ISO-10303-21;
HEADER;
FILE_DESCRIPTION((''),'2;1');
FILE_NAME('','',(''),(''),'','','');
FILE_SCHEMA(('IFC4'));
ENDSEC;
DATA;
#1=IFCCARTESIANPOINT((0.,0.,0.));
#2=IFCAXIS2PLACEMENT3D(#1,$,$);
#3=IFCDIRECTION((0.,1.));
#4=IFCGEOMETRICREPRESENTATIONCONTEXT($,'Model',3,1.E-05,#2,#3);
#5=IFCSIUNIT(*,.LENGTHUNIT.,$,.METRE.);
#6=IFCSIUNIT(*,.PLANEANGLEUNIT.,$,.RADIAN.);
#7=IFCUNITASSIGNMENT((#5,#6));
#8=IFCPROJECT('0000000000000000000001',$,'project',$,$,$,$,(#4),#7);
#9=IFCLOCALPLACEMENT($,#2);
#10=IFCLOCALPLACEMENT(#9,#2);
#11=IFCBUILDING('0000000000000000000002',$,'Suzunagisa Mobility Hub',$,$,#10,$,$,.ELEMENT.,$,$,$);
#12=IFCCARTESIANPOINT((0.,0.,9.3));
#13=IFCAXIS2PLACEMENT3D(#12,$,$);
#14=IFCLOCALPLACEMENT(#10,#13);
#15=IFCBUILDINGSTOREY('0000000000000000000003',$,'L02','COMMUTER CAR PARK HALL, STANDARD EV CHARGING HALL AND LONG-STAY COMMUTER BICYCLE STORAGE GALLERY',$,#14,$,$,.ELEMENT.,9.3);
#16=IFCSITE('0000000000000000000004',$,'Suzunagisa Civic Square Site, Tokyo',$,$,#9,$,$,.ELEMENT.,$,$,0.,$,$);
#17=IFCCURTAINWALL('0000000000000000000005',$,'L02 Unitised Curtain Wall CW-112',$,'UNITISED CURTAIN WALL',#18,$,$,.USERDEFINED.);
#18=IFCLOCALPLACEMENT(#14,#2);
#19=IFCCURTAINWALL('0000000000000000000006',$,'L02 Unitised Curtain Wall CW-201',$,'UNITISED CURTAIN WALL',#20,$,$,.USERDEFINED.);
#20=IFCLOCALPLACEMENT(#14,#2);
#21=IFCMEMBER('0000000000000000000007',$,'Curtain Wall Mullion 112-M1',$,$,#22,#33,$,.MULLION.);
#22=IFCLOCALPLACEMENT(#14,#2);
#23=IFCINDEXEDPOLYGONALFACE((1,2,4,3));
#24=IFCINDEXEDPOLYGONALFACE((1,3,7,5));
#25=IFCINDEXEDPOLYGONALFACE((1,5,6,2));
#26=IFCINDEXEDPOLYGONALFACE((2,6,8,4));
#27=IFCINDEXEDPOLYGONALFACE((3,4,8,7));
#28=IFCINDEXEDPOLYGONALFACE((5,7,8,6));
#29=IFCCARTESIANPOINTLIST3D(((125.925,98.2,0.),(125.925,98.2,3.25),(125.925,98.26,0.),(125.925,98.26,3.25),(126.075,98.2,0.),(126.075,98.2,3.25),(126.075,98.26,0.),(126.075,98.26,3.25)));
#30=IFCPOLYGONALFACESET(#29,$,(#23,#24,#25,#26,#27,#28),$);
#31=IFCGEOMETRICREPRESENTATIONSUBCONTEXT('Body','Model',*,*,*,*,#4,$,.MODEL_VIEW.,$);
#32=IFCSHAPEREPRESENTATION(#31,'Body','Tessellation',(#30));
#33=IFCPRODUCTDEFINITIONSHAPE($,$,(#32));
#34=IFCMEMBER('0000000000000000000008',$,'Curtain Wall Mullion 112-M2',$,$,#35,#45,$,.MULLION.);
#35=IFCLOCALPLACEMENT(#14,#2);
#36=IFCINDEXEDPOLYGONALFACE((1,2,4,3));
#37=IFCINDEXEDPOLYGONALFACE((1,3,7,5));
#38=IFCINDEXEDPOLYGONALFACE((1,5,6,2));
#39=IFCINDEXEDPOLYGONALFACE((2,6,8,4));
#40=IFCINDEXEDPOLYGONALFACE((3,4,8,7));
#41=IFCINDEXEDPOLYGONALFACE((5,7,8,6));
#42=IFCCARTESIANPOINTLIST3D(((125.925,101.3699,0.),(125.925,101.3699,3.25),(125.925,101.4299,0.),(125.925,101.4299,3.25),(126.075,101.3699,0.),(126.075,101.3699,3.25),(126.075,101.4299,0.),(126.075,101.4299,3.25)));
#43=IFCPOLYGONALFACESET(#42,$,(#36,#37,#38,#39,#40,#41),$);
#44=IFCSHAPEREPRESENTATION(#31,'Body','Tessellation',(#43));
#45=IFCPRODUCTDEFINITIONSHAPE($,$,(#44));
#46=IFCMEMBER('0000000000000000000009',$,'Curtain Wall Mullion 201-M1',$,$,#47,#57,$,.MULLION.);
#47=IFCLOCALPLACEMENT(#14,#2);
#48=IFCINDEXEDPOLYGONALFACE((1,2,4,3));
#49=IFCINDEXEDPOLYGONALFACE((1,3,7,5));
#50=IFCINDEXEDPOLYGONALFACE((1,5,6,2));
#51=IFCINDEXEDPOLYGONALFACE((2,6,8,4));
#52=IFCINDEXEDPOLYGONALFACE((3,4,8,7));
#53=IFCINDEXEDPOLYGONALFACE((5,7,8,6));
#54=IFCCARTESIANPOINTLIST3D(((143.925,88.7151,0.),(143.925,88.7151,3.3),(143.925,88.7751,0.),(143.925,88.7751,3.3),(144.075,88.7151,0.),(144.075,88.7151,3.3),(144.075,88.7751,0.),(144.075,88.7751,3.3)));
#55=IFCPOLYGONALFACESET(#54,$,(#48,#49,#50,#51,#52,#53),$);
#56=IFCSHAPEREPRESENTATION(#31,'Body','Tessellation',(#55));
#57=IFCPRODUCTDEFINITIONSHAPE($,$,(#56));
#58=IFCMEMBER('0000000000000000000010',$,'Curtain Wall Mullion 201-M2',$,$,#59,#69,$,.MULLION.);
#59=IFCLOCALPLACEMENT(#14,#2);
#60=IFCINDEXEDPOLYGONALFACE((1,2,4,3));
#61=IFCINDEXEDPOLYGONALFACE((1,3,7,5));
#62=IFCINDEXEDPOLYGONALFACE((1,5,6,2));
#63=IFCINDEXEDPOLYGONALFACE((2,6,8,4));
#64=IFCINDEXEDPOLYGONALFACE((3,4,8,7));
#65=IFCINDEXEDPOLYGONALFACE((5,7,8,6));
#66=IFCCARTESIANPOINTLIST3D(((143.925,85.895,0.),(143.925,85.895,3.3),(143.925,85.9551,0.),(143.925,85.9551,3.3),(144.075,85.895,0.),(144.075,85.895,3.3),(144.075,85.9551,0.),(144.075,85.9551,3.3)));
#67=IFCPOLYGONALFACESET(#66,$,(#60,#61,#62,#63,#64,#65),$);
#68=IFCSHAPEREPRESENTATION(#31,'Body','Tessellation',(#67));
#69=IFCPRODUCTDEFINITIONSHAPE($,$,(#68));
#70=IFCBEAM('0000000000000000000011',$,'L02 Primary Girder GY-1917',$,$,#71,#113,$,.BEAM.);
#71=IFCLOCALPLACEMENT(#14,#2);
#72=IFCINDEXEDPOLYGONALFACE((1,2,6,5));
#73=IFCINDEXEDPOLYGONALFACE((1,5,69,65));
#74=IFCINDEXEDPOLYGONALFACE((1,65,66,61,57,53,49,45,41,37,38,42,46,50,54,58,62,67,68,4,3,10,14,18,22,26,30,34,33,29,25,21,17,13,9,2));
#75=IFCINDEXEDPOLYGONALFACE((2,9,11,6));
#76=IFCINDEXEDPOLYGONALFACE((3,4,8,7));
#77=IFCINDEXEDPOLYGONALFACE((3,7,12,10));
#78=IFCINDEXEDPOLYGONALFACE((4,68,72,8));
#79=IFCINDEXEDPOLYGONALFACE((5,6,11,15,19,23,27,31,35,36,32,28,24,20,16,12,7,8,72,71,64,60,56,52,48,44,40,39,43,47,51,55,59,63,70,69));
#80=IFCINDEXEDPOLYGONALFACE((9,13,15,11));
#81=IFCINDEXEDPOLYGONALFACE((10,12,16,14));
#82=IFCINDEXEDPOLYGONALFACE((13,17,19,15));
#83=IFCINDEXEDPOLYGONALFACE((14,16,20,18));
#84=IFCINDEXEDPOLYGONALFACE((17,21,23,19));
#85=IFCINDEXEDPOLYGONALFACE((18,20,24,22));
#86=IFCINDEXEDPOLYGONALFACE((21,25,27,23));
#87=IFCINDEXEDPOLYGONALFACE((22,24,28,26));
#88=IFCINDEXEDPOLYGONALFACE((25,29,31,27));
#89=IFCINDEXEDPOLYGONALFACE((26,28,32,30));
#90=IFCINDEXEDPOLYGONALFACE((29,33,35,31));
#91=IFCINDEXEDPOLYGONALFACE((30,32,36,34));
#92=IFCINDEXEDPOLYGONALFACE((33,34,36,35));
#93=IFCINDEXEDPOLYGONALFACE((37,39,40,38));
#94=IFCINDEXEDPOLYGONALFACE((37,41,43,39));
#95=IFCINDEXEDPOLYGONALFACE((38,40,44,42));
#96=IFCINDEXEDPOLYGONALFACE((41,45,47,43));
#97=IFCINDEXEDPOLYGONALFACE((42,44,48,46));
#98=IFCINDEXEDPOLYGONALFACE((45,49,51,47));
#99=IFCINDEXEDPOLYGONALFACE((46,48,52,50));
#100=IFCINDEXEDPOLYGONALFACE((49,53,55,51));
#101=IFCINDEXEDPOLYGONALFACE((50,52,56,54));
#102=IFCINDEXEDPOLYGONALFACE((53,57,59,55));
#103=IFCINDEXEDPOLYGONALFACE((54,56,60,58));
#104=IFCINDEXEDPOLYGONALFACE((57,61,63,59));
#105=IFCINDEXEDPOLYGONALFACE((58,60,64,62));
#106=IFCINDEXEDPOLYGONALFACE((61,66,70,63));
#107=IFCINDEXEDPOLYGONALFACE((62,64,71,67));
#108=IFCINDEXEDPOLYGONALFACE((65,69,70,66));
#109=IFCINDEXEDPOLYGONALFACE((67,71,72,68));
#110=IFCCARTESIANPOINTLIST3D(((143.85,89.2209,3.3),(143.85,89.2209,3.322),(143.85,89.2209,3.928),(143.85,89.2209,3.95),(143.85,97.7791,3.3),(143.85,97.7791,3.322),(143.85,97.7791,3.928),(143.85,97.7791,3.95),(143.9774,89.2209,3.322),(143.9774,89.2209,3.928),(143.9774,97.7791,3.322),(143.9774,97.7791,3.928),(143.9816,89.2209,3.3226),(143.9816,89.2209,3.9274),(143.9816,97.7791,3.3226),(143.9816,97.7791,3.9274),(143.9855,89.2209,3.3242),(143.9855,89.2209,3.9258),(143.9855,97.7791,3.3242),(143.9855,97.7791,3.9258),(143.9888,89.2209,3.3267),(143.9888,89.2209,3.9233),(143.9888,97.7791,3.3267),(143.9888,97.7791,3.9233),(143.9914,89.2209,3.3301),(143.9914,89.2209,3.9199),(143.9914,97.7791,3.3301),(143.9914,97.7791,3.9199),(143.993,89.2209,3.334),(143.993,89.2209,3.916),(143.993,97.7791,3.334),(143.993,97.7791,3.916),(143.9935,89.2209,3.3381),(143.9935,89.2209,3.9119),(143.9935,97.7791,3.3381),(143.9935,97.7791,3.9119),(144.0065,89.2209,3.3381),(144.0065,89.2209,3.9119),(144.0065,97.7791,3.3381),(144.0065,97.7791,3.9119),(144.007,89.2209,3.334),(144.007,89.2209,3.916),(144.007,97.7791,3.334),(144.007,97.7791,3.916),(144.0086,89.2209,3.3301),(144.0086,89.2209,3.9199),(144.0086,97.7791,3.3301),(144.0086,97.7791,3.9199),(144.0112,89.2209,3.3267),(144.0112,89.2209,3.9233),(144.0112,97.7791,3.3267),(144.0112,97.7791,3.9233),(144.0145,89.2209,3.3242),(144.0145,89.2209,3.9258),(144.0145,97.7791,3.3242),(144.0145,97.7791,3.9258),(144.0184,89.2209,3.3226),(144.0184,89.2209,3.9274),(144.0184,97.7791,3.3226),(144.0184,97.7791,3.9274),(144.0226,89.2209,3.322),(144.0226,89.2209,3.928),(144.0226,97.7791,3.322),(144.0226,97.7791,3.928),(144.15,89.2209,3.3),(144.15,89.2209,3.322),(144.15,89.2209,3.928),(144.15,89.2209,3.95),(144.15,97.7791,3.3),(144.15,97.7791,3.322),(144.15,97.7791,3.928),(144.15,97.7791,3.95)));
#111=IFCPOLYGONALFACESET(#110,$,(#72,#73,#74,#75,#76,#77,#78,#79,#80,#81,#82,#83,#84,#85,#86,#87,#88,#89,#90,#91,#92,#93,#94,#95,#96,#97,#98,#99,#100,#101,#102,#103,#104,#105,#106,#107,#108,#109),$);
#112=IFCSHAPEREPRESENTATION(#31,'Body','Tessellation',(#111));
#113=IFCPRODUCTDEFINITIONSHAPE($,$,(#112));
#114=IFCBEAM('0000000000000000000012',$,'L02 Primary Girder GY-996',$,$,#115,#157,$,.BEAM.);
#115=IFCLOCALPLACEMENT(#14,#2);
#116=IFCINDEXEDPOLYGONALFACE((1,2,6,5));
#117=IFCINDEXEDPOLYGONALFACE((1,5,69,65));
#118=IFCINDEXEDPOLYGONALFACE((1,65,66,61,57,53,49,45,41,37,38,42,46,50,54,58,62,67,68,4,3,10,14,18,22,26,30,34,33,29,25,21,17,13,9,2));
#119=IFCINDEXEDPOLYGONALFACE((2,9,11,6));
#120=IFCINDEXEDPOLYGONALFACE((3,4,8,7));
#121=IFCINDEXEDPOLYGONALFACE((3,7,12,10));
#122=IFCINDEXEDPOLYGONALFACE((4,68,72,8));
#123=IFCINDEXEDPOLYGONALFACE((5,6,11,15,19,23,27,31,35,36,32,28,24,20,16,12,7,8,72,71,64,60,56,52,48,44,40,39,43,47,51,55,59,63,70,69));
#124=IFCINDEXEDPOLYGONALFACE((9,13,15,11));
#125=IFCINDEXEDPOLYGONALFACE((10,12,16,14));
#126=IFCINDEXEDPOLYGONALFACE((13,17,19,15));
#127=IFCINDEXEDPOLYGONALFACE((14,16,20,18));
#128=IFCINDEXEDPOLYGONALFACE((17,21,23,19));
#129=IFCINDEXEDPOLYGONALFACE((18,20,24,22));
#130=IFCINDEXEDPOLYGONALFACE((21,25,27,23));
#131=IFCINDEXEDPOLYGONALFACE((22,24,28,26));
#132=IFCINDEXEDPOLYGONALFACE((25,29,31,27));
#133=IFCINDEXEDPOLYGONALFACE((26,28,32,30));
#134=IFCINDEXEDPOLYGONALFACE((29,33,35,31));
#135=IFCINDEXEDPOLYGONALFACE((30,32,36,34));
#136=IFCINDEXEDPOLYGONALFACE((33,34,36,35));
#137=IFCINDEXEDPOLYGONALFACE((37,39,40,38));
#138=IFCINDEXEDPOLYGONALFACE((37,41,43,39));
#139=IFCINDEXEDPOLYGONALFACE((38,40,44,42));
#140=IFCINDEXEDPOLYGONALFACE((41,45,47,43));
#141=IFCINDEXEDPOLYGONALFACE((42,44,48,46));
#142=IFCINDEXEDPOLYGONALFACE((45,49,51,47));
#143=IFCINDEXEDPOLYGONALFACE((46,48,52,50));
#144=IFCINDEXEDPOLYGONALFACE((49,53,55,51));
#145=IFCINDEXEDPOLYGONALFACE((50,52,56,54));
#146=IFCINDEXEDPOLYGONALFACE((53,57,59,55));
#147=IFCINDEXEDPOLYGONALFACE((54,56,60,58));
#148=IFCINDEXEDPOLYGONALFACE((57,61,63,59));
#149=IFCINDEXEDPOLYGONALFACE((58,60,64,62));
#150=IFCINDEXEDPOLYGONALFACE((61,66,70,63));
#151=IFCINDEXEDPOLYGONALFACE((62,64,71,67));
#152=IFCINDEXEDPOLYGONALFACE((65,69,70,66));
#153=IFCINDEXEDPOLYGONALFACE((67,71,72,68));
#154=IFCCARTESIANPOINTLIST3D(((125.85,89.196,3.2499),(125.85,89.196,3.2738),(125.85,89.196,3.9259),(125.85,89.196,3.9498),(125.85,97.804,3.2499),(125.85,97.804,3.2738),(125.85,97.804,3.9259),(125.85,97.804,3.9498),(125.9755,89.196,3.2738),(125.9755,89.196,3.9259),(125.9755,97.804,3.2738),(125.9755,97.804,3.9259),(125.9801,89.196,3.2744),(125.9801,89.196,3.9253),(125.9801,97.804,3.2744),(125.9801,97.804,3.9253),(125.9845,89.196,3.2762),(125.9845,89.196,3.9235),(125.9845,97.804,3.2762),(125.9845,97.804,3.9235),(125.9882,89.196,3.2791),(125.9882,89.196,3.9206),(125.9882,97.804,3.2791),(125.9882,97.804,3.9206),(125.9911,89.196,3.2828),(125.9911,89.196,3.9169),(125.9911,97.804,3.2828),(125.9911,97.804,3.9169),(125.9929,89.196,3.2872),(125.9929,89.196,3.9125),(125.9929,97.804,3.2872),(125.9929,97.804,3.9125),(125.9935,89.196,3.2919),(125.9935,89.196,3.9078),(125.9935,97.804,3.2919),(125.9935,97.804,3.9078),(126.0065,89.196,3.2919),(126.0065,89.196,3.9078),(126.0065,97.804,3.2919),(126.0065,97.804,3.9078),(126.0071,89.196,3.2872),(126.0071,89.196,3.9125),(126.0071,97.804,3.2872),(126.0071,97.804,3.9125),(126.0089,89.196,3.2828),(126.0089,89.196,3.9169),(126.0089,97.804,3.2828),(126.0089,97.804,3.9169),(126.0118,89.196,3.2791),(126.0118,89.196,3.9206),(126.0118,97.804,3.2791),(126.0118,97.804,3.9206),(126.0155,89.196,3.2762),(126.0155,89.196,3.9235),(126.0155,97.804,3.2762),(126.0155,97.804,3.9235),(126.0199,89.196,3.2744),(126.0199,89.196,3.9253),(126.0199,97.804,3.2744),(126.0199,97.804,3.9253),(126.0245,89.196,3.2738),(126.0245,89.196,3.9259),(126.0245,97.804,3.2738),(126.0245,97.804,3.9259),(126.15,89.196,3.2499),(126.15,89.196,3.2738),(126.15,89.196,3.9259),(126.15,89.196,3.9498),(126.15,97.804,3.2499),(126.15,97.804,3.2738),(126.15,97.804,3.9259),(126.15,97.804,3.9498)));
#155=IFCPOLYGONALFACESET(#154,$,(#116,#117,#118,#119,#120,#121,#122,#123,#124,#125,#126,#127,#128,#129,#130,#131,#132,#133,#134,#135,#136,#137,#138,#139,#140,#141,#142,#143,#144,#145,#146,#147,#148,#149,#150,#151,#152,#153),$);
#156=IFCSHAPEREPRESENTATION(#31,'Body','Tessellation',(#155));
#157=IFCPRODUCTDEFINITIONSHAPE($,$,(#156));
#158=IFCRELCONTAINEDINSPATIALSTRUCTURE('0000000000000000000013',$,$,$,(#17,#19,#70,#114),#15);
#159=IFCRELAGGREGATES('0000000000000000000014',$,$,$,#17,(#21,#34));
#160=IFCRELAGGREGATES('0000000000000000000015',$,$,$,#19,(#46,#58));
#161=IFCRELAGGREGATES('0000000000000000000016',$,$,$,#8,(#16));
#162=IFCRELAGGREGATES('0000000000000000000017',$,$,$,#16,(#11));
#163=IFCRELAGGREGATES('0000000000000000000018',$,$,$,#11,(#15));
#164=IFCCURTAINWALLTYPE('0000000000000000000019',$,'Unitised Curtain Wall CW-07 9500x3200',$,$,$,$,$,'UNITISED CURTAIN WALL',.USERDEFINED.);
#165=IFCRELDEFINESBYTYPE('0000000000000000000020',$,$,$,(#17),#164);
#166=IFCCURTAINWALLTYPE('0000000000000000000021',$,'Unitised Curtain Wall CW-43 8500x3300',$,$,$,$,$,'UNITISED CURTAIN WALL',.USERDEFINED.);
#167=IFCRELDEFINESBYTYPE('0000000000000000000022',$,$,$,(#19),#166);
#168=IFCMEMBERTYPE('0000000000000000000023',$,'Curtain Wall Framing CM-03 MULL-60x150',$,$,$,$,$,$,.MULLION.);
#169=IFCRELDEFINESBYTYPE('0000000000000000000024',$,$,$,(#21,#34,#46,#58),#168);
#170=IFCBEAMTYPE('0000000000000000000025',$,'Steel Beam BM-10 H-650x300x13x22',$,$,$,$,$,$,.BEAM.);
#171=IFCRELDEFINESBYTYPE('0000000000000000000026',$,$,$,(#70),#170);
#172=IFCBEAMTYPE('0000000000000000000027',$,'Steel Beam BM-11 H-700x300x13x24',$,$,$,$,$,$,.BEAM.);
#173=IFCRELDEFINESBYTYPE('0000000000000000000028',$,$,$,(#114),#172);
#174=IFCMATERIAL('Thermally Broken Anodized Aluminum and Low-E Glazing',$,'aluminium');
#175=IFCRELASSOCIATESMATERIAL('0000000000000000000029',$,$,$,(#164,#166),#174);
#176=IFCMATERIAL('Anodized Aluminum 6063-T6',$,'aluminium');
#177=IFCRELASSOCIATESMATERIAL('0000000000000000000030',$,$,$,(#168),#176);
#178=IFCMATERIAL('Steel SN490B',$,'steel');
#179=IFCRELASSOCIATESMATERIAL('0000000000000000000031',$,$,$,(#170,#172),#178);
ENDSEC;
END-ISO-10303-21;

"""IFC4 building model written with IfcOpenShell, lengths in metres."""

from ifc_helpers import new_model, si_unit, direction, frame, origin, origin_2d, place, context, subcontext, project, spatial, rectangle, i_section, extrude, material, material_profile, profile_set, type_object, element, aggregate, save


model = new_model("IFC4")

# Units and contexts
model_context = context("Model", 3, precision=1e-05, world=origin(), true_north=direction((0.0, 1.0)))
body_context = subcontext(model_context, "Body", "Model", "MODEL_VIEW")
ifc_project = project(units=[si_unit("LENGTHUNIT", "METRE"), si_unit("PLANEANGLEUNIT", "RADIAN")], contexts=[model_context])

# Site, building, storey
site_placement = place(None, origin())
site = spatial("IfcSite", under=ifc_project, at=site_placement, Name="Suzunagisa Civic Square Site, Tokyo", CompositionType="ELEMENT", RefElevation=0.0)
building_placement = place(site_placement, origin())
building = spatial("IfcBuilding", under=site, at=building_placement, Name="Suzunagisa Mobility Hub", CompositionType="ELEMENT")
storey_placement = place(building_placement, frame((0.0, 0.0, 9.3)))
storey = spatial("IfcBuildingStorey", under=building, at=storey_placement, Name="L02", Description="COMMUTER CAR PARK HALL, STANDARD EV CHARGING HALL AND LONG-STAY COMMUTER BICYCLE STORAGE GALLERY", CompositionType="ELEMENT", Elevation=9.3)

# Shared definitions
ifc_material_1 = material(Name="Steel SN490B", Category="steel")

# Curtain walls
ifc_material_2 = material(Name="Thermally Broken Anodized Aluminum and Low-E Glazing", Category="aluminium")
curtain_wall_type_1 = type_object("IfcCurtainWallType", Name="Unitised Curtain Wall CW-07 9500x3200", ElementType="UNITISED CURTAIN WALL", PredefinedType="USERDEFINED", material=ifc_material_2)
curtain_wall_1_placement = place(storey_placement, origin())
curtain_wall_1 = element("IfcCurtainWall", 1, at=curtain_wall_1_placement, inside=storey, type_object=curtain_wall_type_1, Name="L02 Unitised Curtain Wall CW-112", ObjectType="UNITISED CURTAIN WALL", PredefinedType="USERDEFINED")
ifc_material_3 = material(Name="Anodized Aluminum 6063-T6", Category="aluminium")
curtain_wall_type_2 = type_object("IfcCurtainWallType", Name="Unitised Curtain Wall CW-43 8500x3300", ElementType="UNITISED CURTAIN WALL", PredefinedType="USERDEFINED", material=ifc_material_2)
curtain_wall_2_placement = place(storey_placement, origin())
curtain_wall_2 = element("IfcCurtainWall", 2, at=curtain_wall_2_placement, inside=storey, type_object=curtain_wall_type_2, Name="L02 Unitised Curtain Wall CW-201", ObjectType="UNITISED CURTAIN WALL", PredefinedType="USERDEFINED")

# Members
ifc_material_profile_1 = material_profile(ifc_material_3, rectangle(XDim=0.0601, YDim=0.1499, at=origin_2d()), Name="MULL-60x150")
ifc_profile_set_1 = profile_set([ifc_material_profile_1], Name="Anodized Aluminum 6063-T6")
member_type_1 = type_object("IfcMemberType", Name="Curtain Wall Framing CM-03 MULL-60x150", PredefinedType="MULLION", material=ifc_profile_set_1)
member_1_placement = place(storey_placement, frame((126.0, 98.23, 0.0), z_axis=(0.0, 0.0, 1.0), x_axis=(0.0, 1.0, 0.0)))
member_1 = element("IfcMember", 3, at=member_1_placement, type_object=member_type_1, Name="Curtain Wall Mullion 112-M1", PredefinedType="MULLION", context=body_context, shape_type="SweptSolid", body=[
    extrude(rectangle(XDim=0.0601, YDim=0.1499, at=origin_2d()), origin(), (0.0, 0.0, 1.0), 3.25),
])
member_2_placement = place(storey_placement, frame((126.0, 101.3999, 0.0), z_axis=(0.0, 0.0, 1.0), x_axis=(0.0, 1.0, 0.0)))
member_2 = element("IfcMember", 4, at=member_2_placement, type_object=member_type_1, Name="Curtain Wall Mullion 112-M2", PredefinedType="MULLION", context=body_context, shape_type="SweptSolid", body=[
    extrude(rectangle(XDim=0.0601, YDim=0.1499, at=origin_2d()), origin(), (0.0, 0.0, 1.0), 3.25),
])
member_3_placement = place(storey_placement, frame((144.0, 88.7451, 0.0), z_axis=(0.0, 0.0, 1.0), x_axis=(0.0, -1.0, 0.0)))
member_3 = element("IfcMember", 5, at=member_3_placement, type_object=member_type_1, Name="Curtain Wall Mullion 201-M1", PredefinedType="MULLION", context=body_context, shape_type="SweptSolid", body=[
    extrude(rectangle(XDim=0.0601, YDim=0.1499, at=origin_2d()), origin(), (0.0, 0.0, 1.0), 3.3),
])
member_4_placement = place(storey_placement, frame((144.0, 85.925, 0.0), z_axis=(0.0, 0.0, 1.0), x_axis=(0.0, -1.0, 0.0)))
member_4 = element("IfcMember", 6, at=member_4_placement, type_object=member_type_1, Name="Curtain Wall Mullion 201-M2", PredefinedType="MULLION", context=body_context, shape_type="SweptSolid", body=[
    extrude(rectangle(XDim=0.0601, YDim=0.1499, at=origin_2d()), origin(), (0.0, 0.0, 1.0), 3.3),
])

# Beams
ifc_material_profile_2 = material_profile(ifc_material_1, i_section(OverallWidth=0.3, OverallDepth=0.6499, WebThickness=0.0129, FlangeThickness=0.022, FilletRadius=0.0161, at=origin_2d()), Name="H-650x300x13x22")
ifc_profile_set_2 = profile_set([ifc_material_profile_2], Name="Steel SN490B")
beam_type_1 = type_object("IfcBeamType", Name="Steel Beam BM-10 H-650x300x13x22", PredefinedType="BEAM", material=ifc_profile_set_2)
beam_1_placement = place(storey_placement, frame((144.0, 89.2209, 3.625), z_axis=(0.0, 1.0, 0.0), x_axis=(-1.0, 0.0, 0.0)))
element("IfcBeam", 7, at=beam_1_placement, inside=storey, type_object=beam_type_1, Name="L02 Primary Girder GY-1917", PredefinedType="BEAM", context=body_context, shape_type="SweptSolid", body=[
    extrude(i_section(OverallWidth=0.3, OverallDepth=0.6499, WebThickness=0.0129, FlangeThickness=0.022, FilletRadius=0.0161, at=origin_2d()), origin(), (0.0, 0.0, 1.0), 8.5581),
])
ifc_material_profile_3 = material_profile(ifc_material_1, i_section(OverallWidth=0.3, OverallDepth=0.7, WebThickness=0.0129, FlangeThickness=0.0239, FilletRadius=0.0181, at=origin_2d()), Name="H-700x300x13x24")
ifc_profile_set_3 = profile_set([ifc_material_profile_3], Name="Steel SN490B")
beam_type_2 = type_object("IfcBeamType", Name="Steel Beam BM-11 H-700x300x13x24", PredefinedType="BEAM", material=ifc_profile_set_3)
beam_2_placement = place(storey_placement, frame((126.0, 89.196, 3.5999), z_axis=(0.0, 1.0, 0.0), x_axis=(-1.0, 0.0, 0.0)))
element("IfcBeam", 8, at=beam_2_placement, inside=storey, type_object=beam_type_2, Name="L02 Primary Girder GY-996", PredefinedType="BEAM", context=body_context, shape_type="SweptSolid", body=[
    extrude(i_section(OverallWidth=0.3, OverallDepth=0.7, WebThickness=0.0129, FlangeThickness=0.0239, FilletRadius=0.0181, at=origin_2d()), origin(), (0.0, 0.0, 1.0), 8.6079),
])

aggregate(curtain_wall_1, [member_1, member_2])
aggregate(curtain_wall_2, [member_3, member_4])

save(model, "model.ifc")
